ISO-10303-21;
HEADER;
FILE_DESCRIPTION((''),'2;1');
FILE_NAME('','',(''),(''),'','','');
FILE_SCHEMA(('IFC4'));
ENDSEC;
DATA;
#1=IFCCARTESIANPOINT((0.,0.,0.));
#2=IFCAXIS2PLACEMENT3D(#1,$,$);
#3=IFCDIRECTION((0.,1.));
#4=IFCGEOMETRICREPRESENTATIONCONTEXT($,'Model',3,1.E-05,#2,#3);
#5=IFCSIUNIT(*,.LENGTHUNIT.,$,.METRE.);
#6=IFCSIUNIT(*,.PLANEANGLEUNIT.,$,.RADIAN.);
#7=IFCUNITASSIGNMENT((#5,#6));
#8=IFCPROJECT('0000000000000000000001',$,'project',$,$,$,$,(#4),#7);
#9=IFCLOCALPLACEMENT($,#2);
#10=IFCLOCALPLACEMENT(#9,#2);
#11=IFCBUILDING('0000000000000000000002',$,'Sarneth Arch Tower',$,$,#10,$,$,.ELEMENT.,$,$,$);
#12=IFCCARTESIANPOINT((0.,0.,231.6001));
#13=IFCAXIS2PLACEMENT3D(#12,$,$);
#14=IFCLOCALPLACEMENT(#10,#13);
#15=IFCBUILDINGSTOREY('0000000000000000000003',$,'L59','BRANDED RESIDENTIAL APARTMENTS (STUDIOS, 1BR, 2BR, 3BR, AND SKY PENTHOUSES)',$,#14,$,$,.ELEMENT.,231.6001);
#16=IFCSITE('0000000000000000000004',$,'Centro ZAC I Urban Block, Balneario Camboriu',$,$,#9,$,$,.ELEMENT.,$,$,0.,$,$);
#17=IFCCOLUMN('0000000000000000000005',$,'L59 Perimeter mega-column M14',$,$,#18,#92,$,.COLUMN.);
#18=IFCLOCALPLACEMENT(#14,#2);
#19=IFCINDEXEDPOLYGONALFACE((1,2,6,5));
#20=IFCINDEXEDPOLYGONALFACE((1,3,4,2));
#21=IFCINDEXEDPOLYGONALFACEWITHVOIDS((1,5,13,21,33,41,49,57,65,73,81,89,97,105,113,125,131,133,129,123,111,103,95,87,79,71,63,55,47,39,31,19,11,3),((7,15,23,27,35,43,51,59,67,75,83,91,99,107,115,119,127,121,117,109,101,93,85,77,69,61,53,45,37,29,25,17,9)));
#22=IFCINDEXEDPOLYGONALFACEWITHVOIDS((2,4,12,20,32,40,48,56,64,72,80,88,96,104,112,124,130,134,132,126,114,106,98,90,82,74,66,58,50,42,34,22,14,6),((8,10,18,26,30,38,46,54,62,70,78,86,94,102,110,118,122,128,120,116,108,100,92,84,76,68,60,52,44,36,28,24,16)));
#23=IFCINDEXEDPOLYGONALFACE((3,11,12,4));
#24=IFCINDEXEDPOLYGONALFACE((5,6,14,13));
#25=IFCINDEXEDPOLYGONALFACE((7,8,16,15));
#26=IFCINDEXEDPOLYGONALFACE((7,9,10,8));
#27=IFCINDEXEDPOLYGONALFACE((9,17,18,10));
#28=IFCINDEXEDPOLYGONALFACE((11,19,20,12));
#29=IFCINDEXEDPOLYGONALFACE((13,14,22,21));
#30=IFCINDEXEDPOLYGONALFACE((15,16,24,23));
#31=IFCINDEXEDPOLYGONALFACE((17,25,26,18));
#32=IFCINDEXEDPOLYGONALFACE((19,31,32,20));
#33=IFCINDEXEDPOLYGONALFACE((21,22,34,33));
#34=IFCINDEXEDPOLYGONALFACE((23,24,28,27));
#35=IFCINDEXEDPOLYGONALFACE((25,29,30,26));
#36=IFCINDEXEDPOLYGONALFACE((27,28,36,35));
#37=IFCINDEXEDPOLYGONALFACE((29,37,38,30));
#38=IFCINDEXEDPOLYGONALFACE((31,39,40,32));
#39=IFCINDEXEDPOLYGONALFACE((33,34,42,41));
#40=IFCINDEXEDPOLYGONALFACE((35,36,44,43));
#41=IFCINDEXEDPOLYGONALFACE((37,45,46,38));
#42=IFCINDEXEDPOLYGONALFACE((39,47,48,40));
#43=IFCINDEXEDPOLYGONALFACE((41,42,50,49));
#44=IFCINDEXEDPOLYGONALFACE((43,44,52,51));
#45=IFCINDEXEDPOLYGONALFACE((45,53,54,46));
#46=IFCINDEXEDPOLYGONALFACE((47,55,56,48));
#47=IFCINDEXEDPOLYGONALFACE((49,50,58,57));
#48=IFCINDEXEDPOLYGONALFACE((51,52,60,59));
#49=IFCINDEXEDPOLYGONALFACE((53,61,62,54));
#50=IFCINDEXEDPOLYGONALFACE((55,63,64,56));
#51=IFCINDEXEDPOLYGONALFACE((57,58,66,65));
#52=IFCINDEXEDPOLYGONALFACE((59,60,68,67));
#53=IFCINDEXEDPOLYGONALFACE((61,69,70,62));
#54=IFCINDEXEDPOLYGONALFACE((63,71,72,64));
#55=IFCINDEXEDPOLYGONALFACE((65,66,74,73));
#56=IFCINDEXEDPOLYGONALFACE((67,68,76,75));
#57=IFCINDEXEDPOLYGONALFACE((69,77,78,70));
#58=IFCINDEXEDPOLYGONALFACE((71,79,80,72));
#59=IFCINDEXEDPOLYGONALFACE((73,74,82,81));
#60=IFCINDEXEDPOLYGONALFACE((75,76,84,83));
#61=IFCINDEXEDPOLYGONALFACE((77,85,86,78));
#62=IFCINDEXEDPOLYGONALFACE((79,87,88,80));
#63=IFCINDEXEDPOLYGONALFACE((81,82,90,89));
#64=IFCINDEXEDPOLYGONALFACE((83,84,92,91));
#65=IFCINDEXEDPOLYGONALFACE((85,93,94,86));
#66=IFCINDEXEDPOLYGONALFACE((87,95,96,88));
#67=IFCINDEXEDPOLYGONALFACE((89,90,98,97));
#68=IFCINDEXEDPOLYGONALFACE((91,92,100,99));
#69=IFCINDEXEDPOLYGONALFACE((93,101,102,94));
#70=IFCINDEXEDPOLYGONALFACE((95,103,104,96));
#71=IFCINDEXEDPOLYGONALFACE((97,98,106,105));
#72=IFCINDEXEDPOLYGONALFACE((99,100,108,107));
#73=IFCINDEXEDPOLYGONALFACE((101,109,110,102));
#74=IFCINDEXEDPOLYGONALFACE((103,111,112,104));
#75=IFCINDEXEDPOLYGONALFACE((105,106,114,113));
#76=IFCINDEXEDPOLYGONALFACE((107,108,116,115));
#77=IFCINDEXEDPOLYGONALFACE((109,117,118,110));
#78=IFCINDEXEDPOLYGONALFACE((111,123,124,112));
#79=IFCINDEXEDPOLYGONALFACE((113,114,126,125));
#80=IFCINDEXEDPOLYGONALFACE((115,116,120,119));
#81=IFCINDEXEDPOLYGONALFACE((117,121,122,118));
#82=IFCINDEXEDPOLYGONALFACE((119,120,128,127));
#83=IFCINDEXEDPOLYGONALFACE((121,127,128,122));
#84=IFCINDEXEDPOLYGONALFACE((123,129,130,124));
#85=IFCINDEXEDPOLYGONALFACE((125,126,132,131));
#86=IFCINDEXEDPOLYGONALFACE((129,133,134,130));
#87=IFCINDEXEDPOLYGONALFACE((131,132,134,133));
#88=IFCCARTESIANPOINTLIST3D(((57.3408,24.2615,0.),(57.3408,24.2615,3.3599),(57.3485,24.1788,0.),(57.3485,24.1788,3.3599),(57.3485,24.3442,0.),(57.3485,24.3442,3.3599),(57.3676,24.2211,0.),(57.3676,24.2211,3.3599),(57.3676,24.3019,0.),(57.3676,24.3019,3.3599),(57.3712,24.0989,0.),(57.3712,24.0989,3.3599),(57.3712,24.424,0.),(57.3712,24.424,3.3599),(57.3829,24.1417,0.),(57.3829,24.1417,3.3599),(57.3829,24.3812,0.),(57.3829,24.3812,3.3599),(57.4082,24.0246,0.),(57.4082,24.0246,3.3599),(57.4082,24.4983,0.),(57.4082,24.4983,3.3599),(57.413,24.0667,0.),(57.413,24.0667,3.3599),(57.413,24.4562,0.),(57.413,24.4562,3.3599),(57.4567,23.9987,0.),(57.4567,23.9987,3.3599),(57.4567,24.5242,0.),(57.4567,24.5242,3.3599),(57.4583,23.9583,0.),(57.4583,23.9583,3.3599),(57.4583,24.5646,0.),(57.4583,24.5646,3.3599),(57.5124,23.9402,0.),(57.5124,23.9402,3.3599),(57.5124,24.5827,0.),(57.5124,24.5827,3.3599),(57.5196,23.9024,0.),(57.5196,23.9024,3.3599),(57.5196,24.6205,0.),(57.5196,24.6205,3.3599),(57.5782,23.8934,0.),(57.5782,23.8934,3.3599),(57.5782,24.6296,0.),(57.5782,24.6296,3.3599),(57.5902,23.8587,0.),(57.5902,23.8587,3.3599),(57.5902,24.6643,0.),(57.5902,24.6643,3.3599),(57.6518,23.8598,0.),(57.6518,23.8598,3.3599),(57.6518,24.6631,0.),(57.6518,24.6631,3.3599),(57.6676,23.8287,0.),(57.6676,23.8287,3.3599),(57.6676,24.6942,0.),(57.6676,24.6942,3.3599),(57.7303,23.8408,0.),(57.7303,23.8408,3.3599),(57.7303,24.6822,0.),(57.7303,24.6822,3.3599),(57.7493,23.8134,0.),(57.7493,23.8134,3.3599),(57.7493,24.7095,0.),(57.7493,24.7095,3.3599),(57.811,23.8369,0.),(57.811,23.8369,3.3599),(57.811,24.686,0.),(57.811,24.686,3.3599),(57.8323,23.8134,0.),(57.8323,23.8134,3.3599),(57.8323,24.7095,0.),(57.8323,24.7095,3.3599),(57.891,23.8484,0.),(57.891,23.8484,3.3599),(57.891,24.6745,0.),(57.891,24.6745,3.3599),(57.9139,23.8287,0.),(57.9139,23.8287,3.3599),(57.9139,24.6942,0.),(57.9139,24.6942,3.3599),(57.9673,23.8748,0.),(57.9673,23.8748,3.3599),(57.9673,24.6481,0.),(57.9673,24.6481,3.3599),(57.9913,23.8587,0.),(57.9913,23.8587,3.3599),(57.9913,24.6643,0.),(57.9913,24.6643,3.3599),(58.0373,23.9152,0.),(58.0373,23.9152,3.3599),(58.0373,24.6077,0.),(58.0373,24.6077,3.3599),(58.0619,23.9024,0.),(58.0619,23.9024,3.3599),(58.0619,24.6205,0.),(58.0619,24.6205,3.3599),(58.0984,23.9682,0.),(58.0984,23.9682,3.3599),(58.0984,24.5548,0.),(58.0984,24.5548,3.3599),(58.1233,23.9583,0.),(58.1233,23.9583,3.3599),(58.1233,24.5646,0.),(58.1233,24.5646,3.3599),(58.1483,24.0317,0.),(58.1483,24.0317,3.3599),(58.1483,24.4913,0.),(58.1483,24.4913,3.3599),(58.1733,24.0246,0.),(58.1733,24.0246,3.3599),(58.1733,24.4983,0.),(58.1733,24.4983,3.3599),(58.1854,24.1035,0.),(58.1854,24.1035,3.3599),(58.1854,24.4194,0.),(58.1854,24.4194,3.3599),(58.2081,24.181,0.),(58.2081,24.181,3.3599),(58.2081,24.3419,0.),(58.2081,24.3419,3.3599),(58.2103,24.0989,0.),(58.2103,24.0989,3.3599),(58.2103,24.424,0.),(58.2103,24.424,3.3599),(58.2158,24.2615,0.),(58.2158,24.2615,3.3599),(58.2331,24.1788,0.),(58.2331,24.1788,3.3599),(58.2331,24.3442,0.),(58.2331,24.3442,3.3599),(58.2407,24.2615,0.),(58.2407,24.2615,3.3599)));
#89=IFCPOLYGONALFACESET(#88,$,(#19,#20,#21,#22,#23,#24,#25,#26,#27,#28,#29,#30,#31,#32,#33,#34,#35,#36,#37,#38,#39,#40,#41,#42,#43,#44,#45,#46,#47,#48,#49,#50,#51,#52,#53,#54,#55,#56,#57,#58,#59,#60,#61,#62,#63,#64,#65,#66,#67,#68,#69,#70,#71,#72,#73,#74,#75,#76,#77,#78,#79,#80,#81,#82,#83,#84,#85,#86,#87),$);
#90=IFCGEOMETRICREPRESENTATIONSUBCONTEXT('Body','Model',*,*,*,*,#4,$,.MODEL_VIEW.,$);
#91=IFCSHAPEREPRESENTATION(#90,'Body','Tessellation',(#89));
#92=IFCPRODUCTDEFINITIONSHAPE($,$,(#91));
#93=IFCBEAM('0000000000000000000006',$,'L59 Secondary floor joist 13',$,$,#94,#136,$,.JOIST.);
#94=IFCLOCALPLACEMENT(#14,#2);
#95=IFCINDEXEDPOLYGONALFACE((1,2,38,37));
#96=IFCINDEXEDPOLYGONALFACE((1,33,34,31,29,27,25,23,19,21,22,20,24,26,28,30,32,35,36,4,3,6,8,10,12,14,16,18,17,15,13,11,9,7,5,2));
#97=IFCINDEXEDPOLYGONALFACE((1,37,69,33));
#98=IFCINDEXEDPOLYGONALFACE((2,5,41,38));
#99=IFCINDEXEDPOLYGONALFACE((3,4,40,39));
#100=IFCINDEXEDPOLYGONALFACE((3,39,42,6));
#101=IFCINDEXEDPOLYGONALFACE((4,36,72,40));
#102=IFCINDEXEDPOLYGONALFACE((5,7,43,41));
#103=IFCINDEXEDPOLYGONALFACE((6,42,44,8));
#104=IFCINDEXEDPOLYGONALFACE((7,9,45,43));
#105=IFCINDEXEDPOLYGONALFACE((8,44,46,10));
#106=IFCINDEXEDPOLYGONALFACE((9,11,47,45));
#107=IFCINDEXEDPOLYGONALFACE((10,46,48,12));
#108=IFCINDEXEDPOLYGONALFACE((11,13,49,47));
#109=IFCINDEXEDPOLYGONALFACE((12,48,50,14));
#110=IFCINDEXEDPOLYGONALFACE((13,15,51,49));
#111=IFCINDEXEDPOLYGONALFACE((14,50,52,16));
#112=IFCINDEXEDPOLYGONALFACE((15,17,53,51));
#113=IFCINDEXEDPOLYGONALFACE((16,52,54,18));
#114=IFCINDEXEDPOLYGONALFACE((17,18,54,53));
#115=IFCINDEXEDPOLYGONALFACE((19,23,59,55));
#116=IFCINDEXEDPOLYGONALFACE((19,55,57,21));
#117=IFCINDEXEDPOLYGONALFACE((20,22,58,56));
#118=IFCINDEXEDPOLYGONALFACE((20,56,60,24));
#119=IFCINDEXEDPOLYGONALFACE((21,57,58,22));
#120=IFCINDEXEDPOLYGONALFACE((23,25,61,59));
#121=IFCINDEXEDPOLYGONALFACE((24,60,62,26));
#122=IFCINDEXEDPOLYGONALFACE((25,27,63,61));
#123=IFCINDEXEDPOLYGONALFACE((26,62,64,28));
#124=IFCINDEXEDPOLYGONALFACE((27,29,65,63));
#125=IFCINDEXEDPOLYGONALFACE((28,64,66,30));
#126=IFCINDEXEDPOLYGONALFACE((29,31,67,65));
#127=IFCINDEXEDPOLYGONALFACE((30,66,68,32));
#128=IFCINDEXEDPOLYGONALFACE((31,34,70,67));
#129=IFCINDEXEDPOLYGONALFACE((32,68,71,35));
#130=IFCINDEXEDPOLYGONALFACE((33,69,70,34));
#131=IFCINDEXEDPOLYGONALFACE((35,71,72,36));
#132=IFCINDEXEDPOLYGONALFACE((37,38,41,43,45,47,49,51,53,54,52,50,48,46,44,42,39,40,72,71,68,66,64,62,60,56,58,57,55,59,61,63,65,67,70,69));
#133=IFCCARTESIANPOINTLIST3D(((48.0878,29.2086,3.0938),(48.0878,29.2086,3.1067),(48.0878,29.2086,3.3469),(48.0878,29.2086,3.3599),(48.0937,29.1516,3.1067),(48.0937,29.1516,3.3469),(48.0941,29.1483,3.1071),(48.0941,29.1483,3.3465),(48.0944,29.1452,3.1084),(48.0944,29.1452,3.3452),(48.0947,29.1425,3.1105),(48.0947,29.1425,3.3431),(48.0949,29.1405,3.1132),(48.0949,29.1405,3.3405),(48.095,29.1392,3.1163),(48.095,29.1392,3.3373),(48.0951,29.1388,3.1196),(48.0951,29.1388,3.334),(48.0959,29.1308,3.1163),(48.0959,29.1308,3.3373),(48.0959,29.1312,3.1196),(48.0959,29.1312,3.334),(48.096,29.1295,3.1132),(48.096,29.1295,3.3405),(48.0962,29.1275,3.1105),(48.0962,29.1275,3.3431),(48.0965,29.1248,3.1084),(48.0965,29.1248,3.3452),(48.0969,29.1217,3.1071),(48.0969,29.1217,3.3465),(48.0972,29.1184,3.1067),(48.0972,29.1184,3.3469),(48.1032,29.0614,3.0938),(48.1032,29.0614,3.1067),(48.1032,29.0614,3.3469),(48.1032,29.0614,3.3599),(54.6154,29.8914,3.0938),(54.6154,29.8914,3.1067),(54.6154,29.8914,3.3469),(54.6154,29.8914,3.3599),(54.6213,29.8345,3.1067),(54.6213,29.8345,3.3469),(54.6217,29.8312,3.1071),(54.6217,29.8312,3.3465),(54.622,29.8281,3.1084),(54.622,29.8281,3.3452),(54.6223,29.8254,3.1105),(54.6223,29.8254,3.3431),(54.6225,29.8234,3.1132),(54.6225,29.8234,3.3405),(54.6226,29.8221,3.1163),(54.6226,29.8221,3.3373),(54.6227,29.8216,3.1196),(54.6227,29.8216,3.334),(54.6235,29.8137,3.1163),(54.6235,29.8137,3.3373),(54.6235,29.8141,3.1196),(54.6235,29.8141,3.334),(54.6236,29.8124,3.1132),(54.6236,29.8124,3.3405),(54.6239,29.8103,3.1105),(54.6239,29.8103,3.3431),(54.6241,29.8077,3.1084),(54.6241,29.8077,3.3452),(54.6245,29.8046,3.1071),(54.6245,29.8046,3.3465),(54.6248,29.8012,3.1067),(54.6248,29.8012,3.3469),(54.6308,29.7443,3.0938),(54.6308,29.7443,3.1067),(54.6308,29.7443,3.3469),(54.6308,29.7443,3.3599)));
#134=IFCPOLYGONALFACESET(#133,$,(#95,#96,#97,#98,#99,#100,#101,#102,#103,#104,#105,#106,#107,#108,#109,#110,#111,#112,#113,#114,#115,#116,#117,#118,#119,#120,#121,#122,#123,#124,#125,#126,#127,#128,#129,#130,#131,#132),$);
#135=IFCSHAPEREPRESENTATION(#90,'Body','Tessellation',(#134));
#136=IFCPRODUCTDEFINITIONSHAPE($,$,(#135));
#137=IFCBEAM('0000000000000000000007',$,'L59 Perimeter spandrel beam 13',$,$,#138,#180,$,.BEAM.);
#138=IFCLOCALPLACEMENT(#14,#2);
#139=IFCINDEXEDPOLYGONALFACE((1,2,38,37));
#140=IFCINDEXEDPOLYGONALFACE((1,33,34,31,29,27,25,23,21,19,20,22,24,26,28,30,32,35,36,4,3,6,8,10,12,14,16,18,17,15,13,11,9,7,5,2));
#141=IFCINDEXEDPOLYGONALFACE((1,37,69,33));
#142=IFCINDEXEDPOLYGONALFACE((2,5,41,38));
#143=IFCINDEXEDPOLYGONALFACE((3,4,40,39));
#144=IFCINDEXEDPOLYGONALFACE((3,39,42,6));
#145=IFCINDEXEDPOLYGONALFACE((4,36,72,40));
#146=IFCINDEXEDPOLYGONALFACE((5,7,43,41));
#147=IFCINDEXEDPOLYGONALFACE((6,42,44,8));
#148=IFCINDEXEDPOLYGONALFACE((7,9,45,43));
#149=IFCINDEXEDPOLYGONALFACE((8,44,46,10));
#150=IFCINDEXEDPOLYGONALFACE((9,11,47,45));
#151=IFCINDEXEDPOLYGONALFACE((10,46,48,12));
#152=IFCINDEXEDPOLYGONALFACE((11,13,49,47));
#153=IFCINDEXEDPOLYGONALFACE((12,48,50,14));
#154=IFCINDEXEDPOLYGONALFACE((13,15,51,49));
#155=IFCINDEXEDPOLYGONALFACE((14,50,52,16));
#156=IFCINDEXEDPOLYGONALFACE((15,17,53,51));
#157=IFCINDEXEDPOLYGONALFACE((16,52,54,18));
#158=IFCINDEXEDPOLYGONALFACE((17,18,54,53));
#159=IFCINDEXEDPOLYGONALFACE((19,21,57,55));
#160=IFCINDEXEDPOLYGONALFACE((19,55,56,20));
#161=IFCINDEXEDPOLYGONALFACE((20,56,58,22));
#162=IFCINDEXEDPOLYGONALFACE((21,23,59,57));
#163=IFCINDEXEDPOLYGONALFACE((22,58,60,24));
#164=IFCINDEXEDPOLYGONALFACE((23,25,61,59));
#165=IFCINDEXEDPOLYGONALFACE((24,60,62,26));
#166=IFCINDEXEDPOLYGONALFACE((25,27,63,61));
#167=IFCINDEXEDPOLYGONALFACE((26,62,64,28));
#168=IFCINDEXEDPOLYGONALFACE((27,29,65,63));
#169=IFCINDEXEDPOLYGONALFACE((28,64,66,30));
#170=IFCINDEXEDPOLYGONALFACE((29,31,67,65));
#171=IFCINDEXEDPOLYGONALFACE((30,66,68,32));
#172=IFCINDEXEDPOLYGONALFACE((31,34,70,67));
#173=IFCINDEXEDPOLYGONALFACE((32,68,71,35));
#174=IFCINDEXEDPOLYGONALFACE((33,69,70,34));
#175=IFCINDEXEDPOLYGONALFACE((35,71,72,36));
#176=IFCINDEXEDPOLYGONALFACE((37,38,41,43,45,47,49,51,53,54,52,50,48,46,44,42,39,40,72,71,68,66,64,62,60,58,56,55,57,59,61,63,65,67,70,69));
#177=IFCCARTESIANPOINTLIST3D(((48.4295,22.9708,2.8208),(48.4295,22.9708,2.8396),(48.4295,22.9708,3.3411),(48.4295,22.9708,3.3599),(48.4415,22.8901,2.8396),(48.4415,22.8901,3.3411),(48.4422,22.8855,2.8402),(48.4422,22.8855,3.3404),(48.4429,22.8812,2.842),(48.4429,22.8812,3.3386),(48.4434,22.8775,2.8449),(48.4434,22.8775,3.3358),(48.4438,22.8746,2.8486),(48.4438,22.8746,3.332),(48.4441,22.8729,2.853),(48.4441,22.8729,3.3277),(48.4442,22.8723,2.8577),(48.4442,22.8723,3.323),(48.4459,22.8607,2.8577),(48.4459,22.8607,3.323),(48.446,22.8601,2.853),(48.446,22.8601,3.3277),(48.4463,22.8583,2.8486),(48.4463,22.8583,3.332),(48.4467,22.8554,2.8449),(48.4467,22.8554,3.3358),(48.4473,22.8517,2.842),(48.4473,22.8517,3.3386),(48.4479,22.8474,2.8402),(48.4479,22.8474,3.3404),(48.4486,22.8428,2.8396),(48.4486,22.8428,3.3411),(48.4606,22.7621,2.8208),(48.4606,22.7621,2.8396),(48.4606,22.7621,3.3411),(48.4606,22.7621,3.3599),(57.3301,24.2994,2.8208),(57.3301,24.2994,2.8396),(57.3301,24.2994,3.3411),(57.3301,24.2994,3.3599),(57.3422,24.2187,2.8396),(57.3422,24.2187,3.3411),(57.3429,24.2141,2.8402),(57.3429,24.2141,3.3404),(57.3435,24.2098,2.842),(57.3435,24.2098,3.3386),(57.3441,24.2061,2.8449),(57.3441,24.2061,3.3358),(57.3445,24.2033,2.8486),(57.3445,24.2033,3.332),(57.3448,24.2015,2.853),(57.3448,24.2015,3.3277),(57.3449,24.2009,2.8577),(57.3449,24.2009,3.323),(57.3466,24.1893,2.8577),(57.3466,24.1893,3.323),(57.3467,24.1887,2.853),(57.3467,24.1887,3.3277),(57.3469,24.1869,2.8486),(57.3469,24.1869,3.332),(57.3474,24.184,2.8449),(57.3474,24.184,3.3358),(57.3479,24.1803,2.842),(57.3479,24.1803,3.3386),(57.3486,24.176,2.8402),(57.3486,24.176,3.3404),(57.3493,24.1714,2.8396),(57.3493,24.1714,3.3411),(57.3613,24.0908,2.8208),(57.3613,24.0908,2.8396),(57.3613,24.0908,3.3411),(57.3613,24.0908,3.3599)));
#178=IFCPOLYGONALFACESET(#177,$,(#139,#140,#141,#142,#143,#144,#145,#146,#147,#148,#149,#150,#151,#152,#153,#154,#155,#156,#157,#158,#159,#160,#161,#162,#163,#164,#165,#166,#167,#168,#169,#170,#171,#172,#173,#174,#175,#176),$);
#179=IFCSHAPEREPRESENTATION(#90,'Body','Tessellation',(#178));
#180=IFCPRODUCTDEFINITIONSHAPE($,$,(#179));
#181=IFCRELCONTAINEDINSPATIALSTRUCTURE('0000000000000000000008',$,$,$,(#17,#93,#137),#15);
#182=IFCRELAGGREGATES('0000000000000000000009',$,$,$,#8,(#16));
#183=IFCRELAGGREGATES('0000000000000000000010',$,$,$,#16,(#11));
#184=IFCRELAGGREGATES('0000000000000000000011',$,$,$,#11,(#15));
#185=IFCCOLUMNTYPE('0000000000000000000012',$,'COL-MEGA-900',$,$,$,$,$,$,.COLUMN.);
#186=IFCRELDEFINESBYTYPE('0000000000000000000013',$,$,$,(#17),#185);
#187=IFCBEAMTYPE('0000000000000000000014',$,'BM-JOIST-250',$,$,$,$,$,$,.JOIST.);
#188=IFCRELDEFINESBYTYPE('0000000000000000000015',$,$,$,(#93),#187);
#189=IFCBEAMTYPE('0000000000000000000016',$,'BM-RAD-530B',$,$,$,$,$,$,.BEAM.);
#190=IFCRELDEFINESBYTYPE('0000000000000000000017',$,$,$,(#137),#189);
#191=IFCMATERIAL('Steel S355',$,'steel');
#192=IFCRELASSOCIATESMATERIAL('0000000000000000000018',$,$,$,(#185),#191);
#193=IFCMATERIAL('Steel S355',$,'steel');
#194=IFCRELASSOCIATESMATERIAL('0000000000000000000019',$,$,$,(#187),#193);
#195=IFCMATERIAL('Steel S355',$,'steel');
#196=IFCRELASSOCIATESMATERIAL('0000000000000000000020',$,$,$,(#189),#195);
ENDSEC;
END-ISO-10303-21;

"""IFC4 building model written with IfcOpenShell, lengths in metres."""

from ifc_helpers import new_model, si_unit, direction, frame, origin, origin_2d, place, context, subcontext, project, spatial, hollow_circle, i_section, extrude, material, material_profile, profile_set, type_object, element, save


model = new_model("IFC4")

# Units and contexts
model_context = context("Model", 3, precision=1e-05, world=origin(), true_north=direction((0.0, 1.0)))
body_context = subcontext(model_context, "Body", "Model", "MODEL_VIEW")
ifc_project = project(units=[si_unit("LENGTHUNIT", "METRE"), si_unit("PLANEANGLEUNIT", "RADIAN")], contexts=[model_context])

# Site, building, storey
site_placement = place(None, origin())
site = spatial("IfcSite", under=ifc_project, at=site_placement, Name="Centro ZAC I Urban Block, Balneario Camboriu", CompositionType="ELEMENT", RefElevation=0.0)
building_placement = place(site_placement, origin())
building = spatial("IfcBuilding", under=site, at=building_placement, Name="Sarneth Arch Tower", CompositionType="ELEMENT")
storey_placement = place(building_placement, frame((0.0, 0.0, 231.6001)))
storey = spatial("IfcBuildingStorey", under=building, at=storey_placement, Name="L59", Description="BRANDED RESIDENTIAL APARTMENTS (STUDIOS, 1BR, 2BR, 3BR, AND SKY PENTHOUSES)", CompositionType="ELEMENT", Elevation=231.6001)

# Column
ifc_material_1 = material(Name="Steel S355", Category="steel")
ifc_material_profile_1 = material_profile(ifc_material_1, hollow_circle(Radius=0.45, WallThickness=0.0249, at=origin_2d()), Name="CHS900x25")
ifc_profile_set_1 = profile_set([ifc_material_profile_1], Name="Steel S355")
column_type = type_object("IfcColumnType", Name="COL-MEGA-900", PredefinedType="COLUMN", material=ifc_profile_set_1)
column_placement = place(storey_placement, frame((57.7908, 24.2615, 0.0), z_axis=(0.0, 0.0, 1.0), x_axis=(1.0, 0.0, 0.0)))
element("IfcColumn", 1, at=column_placement, inside=storey, type_object=column_type, Name="L59 Perimeter mega-column M14", PredefinedType="COLUMN", context=body_context, shape_type="SweptSolid", body=[
    extrude(hollow_circle(Radius=0.45, WallThickness=0.0249, at=origin_2d()), origin(), (0.0, 0.0, 1.0), 3.3599),
])

# Beams
ifc_material_2 = material(Name="Steel S355", Category="steel")
ifc_material_profile_2 = material_profile(ifc_material_2, i_section(OverallWidth=0.1479, OverallDepth=0.2661, WebThickness=0.0076, FlangeThickness=0.0129, FilletRadius=0.0129, at=origin_2d()), Name="W250x44.8")
ifc_profile_set_2 = profile_set([ifc_material_profile_2], Name="Steel S355")
beam_type_1 = type_object("IfcBeamType", Name="BM-JOIST-250", PredefinedType="JOIST", material=ifc_profile_set_2)
beam_1_placement = place(storey_placement, frame((48.0955, 29.135, 3.2268), z_axis=(0.994573, 0.104044, 0.0), x_axis=(-0.104044, 0.994573, 0.0)))
element("IfcBeam", 2, at=beam_1_placement, inside=storey, type_object=beam_type_1, Name="L59 Secondary floor joist 13", PredefinedType="JOIST", context=body_context, shape_type="SweptSolid", body=[
    extrude(i_section(OverallWidth=0.1479, OverallDepth=0.2661, WebThickness=0.0076, FlangeThickness=0.0129, FilletRadius=0.0129, at=origin_2d()), origin(), (0.0, 0.0, 1.0), 6.5632),
])
ifc_material_3 = material(Name="Steel S355", Category="steel")
ifc_material_profile_3 = material_profile(ifc_material_3, i_section(OverallWidth=0.2109, OverallDepth=0.5391, WebThickness=0.0117, FlangeThickness=0.0188, FilletRadius=0.0181, at=origin_2d()), Name="W530x109")
ifc_profile_set_3 = profile_set([ifc_material_profile_3], Name="Steel S355")
beam_type_2 = type_object("IfcBeamType", Name="BM-RAD-530B", PredefinedType="BEAM", material=ifc_profile_set_3)
beam_2_placement = place(storey_placement, frame((48.4451, 22.8665, 3.0903), z_axis=(0.989042, 0.147636, 0.0), x_axis=(-0.147636, 0.989042, 0.0)))
element("IfcBeam", 3, at=beam_2_placement, inside=storey, type_object=beam_type_2, Name="L59 Perimeter spandrel beam 13", PredefinedType="BEAM", context=body_context, shape_type="SweptSolid", body=[
    extrude(i_section(OverallWidth=0.2109, OverallDepth=0.5391, WebThickness=0.0117, FlangeThickness=0.0188, FilletRadius=0.0181, at=origin_2d()), origin(), (0.0, 0.0, 1.0), 8.9993),
])

save(model, "model.ifc")
